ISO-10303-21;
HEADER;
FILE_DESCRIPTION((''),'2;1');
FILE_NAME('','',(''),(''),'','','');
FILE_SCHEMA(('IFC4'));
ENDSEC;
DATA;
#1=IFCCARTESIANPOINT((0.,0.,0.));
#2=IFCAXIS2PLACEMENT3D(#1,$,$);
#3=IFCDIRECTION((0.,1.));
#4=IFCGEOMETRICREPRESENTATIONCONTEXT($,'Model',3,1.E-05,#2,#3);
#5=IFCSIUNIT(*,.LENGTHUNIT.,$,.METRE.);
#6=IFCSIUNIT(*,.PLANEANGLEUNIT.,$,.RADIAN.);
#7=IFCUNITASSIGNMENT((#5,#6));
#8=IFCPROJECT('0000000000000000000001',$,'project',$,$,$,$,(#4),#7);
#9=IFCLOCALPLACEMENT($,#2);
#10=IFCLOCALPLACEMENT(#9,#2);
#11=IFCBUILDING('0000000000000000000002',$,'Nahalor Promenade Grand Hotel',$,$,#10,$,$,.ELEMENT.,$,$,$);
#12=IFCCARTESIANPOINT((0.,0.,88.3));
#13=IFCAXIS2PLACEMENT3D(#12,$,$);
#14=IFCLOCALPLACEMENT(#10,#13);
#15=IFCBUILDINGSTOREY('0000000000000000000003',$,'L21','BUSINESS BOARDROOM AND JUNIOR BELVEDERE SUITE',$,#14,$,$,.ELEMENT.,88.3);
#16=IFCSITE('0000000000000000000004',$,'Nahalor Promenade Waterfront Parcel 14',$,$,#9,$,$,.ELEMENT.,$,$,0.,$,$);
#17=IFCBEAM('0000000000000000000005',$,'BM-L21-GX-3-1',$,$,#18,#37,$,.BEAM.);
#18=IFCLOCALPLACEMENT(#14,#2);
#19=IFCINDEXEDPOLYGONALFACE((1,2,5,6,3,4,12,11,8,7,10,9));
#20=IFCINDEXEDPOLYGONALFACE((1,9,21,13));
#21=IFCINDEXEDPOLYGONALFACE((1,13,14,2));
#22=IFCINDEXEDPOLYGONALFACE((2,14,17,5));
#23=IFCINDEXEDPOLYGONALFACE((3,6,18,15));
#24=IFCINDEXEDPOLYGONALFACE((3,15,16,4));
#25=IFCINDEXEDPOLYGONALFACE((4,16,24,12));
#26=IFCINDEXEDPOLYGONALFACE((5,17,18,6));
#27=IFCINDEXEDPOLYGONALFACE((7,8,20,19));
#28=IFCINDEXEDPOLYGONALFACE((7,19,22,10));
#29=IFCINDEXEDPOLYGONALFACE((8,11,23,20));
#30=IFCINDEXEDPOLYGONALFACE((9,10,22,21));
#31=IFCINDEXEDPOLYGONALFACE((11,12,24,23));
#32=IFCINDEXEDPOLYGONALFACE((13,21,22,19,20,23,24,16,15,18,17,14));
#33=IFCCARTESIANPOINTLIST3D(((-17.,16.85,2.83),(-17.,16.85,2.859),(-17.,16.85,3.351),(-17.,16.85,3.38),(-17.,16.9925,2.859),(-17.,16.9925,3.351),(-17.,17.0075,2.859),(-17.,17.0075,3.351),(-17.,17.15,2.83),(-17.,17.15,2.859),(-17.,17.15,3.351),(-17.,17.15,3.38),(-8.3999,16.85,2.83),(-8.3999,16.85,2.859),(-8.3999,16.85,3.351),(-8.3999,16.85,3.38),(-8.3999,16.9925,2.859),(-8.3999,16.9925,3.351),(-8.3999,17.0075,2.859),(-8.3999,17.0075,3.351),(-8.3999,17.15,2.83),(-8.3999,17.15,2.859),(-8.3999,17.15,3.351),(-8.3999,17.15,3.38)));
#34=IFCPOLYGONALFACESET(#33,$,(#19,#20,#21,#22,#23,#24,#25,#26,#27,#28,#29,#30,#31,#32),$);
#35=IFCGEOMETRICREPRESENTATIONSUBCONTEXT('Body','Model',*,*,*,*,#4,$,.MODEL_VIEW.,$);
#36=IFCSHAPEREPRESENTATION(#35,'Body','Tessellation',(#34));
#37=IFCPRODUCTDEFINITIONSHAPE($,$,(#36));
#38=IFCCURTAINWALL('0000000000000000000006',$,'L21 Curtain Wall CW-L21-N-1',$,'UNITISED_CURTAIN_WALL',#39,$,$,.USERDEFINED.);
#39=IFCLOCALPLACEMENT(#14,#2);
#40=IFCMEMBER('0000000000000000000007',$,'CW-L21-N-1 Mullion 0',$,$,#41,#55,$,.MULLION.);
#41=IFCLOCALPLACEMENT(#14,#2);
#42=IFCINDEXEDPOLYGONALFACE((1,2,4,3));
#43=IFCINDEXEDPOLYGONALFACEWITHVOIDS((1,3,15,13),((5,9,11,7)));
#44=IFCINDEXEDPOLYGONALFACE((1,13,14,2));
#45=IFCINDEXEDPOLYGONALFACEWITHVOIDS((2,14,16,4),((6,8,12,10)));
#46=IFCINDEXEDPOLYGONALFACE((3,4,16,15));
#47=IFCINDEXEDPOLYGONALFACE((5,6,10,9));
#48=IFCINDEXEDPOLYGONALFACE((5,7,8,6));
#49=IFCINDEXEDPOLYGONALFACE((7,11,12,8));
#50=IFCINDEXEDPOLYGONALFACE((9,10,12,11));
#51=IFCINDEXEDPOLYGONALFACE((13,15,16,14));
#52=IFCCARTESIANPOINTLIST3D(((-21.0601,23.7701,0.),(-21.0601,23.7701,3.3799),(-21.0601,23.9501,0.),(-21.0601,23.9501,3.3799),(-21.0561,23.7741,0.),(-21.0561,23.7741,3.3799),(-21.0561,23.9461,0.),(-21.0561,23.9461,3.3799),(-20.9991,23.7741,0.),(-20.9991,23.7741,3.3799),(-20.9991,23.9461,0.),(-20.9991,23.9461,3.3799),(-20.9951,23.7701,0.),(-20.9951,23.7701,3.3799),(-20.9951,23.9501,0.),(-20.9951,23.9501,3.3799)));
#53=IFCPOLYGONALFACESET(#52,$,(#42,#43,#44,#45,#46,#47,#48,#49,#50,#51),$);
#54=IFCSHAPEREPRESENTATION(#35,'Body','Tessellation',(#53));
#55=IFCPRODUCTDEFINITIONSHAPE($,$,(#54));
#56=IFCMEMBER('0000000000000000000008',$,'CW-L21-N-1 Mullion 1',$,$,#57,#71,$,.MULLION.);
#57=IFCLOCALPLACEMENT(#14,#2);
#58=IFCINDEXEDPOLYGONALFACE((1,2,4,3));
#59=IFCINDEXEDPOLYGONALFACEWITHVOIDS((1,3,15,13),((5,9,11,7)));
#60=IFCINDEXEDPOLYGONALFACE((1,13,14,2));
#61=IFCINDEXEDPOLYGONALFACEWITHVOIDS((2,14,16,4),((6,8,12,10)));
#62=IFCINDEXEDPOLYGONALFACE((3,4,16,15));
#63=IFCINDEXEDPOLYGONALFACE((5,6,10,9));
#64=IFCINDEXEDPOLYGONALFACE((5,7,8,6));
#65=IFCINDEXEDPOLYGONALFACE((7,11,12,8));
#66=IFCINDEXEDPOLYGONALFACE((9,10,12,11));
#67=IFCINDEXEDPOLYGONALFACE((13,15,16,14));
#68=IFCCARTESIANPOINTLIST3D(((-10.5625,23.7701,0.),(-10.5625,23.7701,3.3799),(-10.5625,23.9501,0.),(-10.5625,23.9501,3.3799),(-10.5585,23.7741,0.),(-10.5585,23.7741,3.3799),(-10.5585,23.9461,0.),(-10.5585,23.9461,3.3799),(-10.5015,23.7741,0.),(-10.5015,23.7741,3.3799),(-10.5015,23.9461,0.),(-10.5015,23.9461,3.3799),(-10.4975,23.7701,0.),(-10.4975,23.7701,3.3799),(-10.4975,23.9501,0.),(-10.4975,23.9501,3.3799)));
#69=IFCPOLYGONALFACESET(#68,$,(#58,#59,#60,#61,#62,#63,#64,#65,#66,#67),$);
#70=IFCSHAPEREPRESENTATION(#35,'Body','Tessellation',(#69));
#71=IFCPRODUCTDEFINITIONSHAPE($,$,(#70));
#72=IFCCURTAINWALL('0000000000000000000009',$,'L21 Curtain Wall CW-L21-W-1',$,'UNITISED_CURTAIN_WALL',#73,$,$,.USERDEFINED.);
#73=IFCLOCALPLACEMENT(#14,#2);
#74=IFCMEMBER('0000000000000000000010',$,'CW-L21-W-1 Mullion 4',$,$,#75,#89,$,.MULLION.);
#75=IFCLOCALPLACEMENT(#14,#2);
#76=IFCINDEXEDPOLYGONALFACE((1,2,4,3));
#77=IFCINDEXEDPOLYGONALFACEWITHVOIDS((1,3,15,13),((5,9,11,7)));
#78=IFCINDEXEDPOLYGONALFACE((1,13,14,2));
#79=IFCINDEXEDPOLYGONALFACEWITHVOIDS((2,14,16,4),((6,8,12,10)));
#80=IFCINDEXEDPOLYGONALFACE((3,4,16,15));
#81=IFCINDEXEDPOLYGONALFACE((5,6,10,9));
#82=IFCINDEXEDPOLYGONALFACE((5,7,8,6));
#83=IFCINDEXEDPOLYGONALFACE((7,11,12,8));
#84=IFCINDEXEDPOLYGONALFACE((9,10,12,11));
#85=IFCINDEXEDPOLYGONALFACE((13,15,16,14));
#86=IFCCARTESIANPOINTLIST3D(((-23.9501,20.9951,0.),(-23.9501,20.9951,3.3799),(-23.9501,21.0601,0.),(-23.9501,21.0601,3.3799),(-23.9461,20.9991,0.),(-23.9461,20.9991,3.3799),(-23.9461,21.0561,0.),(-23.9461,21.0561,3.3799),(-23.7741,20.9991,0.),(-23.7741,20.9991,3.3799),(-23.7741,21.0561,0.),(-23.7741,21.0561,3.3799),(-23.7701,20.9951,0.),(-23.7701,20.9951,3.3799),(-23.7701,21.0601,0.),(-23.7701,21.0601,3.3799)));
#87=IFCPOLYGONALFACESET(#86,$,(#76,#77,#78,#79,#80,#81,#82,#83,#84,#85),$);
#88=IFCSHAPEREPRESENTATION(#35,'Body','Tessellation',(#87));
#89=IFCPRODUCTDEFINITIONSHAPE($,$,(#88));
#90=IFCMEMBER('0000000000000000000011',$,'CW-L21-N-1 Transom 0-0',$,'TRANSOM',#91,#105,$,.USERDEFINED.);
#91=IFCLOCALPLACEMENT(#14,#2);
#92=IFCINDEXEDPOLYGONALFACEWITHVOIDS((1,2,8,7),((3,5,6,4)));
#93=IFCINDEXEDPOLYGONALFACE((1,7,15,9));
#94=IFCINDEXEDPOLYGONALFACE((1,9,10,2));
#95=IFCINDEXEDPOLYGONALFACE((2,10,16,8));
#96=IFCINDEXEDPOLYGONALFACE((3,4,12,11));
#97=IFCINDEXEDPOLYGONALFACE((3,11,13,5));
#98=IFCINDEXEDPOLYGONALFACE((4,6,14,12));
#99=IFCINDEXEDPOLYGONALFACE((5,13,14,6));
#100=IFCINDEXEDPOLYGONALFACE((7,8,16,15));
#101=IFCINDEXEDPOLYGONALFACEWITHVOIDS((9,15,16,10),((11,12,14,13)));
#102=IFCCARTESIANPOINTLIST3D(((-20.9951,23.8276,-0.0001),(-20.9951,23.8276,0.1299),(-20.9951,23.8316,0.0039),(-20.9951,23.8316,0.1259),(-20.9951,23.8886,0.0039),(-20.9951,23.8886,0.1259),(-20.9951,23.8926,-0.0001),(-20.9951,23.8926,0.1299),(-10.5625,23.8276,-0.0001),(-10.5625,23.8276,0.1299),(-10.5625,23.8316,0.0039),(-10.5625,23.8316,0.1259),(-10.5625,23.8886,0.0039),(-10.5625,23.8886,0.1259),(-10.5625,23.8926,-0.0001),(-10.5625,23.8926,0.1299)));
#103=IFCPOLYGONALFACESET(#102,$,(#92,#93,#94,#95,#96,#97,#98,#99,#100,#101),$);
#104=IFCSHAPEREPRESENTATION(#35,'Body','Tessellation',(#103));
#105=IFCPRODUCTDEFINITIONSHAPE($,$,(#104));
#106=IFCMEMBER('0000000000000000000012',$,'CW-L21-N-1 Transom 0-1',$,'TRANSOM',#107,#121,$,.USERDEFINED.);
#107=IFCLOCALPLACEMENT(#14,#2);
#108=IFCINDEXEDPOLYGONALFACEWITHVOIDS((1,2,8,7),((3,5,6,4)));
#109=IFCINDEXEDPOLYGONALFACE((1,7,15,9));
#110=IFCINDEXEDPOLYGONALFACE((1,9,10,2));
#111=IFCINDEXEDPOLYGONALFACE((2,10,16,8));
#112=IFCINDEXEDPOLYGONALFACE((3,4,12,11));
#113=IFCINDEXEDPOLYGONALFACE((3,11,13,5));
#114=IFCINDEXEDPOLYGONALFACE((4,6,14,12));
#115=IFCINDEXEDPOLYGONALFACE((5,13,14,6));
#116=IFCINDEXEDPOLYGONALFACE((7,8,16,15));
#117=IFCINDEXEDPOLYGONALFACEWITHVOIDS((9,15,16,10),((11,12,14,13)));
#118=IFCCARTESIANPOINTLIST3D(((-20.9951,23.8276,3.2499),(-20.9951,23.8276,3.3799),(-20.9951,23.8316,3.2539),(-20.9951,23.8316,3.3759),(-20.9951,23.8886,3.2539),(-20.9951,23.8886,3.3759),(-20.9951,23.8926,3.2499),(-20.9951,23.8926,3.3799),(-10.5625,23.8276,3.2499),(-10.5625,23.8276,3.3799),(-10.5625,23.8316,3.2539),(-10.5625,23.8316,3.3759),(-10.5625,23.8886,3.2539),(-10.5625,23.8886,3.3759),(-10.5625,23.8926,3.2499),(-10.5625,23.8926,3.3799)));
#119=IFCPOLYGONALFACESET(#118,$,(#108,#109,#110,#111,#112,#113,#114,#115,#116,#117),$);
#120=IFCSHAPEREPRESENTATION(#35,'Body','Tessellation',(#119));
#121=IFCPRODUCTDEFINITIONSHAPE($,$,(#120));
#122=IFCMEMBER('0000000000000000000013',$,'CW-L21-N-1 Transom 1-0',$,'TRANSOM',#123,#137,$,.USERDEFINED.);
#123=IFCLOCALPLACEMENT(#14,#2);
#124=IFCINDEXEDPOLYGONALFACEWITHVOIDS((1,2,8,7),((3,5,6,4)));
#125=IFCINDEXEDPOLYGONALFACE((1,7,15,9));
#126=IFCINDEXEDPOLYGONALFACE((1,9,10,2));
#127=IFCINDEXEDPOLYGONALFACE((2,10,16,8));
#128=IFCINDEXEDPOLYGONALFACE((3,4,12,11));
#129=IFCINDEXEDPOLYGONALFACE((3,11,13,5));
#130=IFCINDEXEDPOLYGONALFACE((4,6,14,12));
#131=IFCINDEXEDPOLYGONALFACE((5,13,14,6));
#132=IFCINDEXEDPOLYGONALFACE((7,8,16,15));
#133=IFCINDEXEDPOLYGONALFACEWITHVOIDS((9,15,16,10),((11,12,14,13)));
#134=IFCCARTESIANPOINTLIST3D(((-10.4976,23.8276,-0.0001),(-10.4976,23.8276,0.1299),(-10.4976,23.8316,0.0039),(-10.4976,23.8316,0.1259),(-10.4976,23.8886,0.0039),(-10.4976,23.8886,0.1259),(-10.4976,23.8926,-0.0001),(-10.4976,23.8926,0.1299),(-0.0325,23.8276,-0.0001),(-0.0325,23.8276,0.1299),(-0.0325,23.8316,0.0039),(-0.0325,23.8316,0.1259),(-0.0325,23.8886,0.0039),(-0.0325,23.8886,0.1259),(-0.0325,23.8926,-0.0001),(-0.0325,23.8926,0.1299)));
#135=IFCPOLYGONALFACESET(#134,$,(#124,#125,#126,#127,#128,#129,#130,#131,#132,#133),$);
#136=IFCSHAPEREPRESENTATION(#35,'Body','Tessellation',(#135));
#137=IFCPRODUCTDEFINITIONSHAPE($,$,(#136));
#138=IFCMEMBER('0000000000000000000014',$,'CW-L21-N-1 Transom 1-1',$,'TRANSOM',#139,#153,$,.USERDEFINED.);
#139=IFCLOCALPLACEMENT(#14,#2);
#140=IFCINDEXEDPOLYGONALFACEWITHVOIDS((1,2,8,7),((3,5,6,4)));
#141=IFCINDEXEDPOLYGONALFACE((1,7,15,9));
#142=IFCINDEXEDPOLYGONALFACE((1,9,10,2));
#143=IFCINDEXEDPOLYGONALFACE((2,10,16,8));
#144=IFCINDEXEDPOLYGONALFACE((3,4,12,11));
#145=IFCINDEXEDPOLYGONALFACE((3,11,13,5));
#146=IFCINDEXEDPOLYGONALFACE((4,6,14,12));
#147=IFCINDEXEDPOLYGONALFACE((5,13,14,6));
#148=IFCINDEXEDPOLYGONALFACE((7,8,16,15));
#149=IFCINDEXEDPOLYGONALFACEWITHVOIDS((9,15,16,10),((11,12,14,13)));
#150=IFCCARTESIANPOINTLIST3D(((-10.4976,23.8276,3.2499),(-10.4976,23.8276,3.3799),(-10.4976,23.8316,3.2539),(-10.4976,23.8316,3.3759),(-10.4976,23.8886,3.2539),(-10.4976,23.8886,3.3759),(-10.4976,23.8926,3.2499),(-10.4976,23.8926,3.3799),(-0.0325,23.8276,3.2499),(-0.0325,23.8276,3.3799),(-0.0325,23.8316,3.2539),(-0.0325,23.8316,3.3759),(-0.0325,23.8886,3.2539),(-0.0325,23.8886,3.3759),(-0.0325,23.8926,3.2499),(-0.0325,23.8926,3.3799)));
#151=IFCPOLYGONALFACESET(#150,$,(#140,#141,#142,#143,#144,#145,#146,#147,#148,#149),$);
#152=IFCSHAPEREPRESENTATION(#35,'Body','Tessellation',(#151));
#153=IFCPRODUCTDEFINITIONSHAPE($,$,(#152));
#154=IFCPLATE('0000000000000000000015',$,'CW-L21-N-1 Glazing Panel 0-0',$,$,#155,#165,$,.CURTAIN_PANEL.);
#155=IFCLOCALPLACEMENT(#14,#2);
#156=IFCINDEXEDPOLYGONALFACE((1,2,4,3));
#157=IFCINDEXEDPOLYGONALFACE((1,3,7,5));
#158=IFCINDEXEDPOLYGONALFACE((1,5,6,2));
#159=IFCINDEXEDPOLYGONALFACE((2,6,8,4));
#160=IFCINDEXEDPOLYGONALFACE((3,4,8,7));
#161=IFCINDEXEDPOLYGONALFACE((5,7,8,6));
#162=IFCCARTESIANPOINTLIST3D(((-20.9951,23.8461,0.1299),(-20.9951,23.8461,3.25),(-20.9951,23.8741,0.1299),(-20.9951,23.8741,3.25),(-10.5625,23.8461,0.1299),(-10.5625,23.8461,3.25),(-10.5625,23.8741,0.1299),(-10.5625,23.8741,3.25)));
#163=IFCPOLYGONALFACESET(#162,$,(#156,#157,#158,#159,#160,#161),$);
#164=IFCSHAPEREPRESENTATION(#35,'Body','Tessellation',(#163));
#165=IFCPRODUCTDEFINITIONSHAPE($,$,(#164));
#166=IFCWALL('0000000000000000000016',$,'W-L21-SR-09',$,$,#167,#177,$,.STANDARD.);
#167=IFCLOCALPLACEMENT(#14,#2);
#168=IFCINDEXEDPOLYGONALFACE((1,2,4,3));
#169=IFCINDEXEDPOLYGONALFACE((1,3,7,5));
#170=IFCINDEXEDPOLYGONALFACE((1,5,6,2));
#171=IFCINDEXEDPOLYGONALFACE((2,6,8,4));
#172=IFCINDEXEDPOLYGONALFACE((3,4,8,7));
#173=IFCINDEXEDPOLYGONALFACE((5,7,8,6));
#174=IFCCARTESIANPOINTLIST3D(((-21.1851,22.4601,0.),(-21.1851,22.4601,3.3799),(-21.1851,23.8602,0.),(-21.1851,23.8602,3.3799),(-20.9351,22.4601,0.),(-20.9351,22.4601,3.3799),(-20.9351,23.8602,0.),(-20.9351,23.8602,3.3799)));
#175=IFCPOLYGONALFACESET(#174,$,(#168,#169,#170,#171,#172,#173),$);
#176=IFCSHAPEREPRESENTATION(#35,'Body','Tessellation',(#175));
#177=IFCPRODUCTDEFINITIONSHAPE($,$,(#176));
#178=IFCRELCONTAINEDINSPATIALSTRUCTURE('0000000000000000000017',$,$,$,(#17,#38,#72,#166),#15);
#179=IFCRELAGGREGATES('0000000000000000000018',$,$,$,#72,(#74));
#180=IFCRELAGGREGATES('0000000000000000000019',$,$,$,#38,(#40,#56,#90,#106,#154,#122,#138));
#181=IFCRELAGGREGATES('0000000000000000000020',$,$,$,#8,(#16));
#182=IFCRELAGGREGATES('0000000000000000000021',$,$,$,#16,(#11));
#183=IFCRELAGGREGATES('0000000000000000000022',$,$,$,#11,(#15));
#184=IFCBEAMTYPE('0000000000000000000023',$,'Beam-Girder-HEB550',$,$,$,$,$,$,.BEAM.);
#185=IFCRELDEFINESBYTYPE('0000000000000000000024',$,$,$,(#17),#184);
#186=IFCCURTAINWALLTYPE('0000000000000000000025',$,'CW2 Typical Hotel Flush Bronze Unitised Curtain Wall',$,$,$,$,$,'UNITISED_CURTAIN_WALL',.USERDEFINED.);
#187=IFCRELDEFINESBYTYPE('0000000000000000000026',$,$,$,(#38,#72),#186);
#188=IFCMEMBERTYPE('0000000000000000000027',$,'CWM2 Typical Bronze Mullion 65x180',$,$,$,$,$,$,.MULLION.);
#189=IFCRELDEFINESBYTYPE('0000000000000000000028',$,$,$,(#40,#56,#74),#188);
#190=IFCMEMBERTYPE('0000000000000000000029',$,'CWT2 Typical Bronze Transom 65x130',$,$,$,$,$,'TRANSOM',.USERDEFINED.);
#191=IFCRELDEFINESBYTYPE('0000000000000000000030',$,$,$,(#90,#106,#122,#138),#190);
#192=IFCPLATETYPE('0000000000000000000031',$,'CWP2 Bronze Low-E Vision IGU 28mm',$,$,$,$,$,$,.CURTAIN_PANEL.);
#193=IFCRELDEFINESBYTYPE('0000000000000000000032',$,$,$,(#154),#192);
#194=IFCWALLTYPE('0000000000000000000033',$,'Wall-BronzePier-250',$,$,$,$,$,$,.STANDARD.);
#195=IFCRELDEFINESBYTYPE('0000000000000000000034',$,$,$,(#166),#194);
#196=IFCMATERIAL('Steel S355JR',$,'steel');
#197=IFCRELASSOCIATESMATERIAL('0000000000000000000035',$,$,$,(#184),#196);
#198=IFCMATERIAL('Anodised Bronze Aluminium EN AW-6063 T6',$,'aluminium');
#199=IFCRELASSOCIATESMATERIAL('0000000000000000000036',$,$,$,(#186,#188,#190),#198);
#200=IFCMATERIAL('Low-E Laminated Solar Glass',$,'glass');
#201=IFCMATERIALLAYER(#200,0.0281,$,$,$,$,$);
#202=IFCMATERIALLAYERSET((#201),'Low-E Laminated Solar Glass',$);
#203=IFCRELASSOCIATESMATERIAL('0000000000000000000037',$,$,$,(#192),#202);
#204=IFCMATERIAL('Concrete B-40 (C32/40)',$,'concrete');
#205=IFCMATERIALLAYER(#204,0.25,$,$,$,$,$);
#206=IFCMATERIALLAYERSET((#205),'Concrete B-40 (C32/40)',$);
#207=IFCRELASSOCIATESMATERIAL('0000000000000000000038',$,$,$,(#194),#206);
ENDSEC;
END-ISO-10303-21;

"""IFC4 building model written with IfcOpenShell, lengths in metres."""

from ifc_helpers import new_model, si_unit, direction, frame, frame_2d, origin, origin_2d, place, context, subcontext, project, spatial, rectangle, hollow_rectangle, i_section, extrude, source, transform, mapped, material, layer, layer_set, material_profile, profile_set, type_object, element, aggregate, save


model = new_model("IFC4")

# Units and contexts
model_context = context("Model", 3, precision=1e-05, world=origin(), true_north=direction((0.0, 1.0)))
body_context = subcontext(model_context, "Body", "Model", "MODEL_VIEW")
ifc_project = project(units=[si_unit("LENGTHUNIT", "METRE"), si_unit("PLANEANGLEUNIT", "RADIAN")], contexts=[model_context])

# Site, building, storey
site_placement = place(None, origin())
site = spatial("IfcSite", under=ifc_project, at=site_placement, Name="Nahalor Promenade Waterfront Parcel 14", CompositionType="ELEMENT", RefElevation=0.0)
building_placement = place(site_placement, origin())
building = spatial("IfcBuilding", under=site, at=building_placement, Name="Nahalor Promenade Grand Hotel", CompositionType="ELEMENT")
storey_placement = place(building_placement, frame((0.0, 0.0, 88.3)))
storey = spatial("IfcBuildingStorey", under=building, at=storey_placement, Name="L21", Description="BUSINESS BOARDROOM AND JUNIOR BELVEDERE SUITE", CompositionType="ELEMENT", Elevation=88.3)

# Beam
ifc_material_1 = material(Name="Steel S355JR", Category="steel")
ifc_material_profile_1 = material_profile(ifc_material_1, i_section(OverallWidth=0.3, OverallDepth=0.55, WebThickness=0.015, FlangeThickness=0.029, at=origin_2d()), Name="HEB 550")
ifc_profile_set_1 = profile_set([ifc_material_profile_1], Name="Steel S355JR")
beam_type_1 = type_object("IfcBeamType", Name="Beam-Girder-HEB550", PredefinedType="BEAM", material=ifc_profile_set_1)
shared_shape_1 = source(origin(), body_context, "Body", "SweptSolid", [
    extrude(i_section(OverallWidth=0.3, OverallDepth=0.55, WebThickness=0.015, FlangeThickness=0.029, at=origin_2d()), origin(), (0.0, 0.0, 1.0), 8.6001),
])
beam_1_placement = place(storey_placement, frame((-17.0, 17.0, 3.105), z_axis=(1.0, 0.0, 0.0), x_axis=(0.0, 1.0, 0.0)))
element("IfcBeam", 1, at=beam_1_placement, inside=storey, type_object=beam_type_1, Name="BM-L21-GX-3-1", PredefinedType="BEAM", context=body_context, shape_type="MappedRepresentation", body=[
    mapped(shared_shape_1, transform((0.0, 0.0, 0.0), scale=1.0)),
])

# Curtain wall, members
ifc_material_2 = material(Name="Anodised Bronze Aluminium EN AW-6063 T6", Category="aluminium")
curtain_wall_type = type_object("IfcCurtainWallType", Name="CW2 Typical Hotel Flush Bronze Unitised Curtain Wall", ElementType="UNITISED_CURTAIN_WALL", PredefinedType="USERDEFINED", material=ifc_material_2)
curtain_wall_1_placement = place(storey_placement, origin())
curtain_wall_1 = element("IfcCurtainWall", 2, at=curtain_wall_1_placement, inside=storey, type_object=curtain_wall_type, Name="L21 Curtain Wall CW-L21-N-1", ObjectType="UNITISED_CURTAIN_WALL", PredefinedType="USERDEFINED")
ifc_material_profile_2 = material_profile(ifc_material_2, hollow_rectangle(XDim=0.065, YDim=0.18, WallThickness=0.004, at=origin_2d()), Name="CWM 65x180x4")
ifc_profile_set_2 = profile_set([ifc_material_profile_2], Name="Anodised Bronze Aluminium EN AW-6063 T6")
member_type_1 = type_object("IfcMemberType", Name="CWM2 Typical Bronze Mullion 65x180", PredefinedType="MULLION", material=ifc_profile_set_2)
shared_shape_2 = source(origin(), body_context, "Body", "SweptSolid", [
    extrude(hollow_rectangle(XDim=0.065, YDim=0.18, WallThickness=0.004, at=origin_2d()), origin(), (0.0, 0.0, 1.0), 3.3799),
])
member_1_placement = place(storey_placement, frame((-21.0276, 23.8601, 0.0), z_axis=(0.0, 0.0, 1.0), x_axis=(1.0, 0.0, 0.0)))
member_1 = element("IfcMember", 3, at=member_1_placement, type_object=member_type_1, Name="CW-L21-N-1 Mullion 0", PredefinedType="MULLION", context=body_context, shape_type="MappedRepresentation", body=[
    mapped(shared_shape_2, transform((0.0, 0.0, 0.0), scale=1.0)),
])
member_2_placement = place(storey_placement, frame((-10.53, 23.8601, 0.0), z_axis=(0.0, 0.0, 1.0), x_axis=(1.0, 0.0, 0.0)))
member_2 = element("IfcMember", 4, at=member_2_placement, type_object=member_type_1, Name="CW-L21-N-1 Mullion 1", PredefinedType="MULLION", context=body_context, shape_type="MappedRepresentation", body=[
    mapped(shared_shape_2, transform((0.0, 0.0, 0.0), scale=1.0)),
])

# Curtain wall, member
curtain_wall_2_placement = place(storey_placement, origin())
curtain_wall_2 = element("IfcCurtainWall", 5, at=curtain_wall_2_placement, inside=storey, type_object=curtain_wall_type, Name="L21 Curtain Wall CW-L21-W-1", ObjectType="UNITISED_CURTAIN_WALL", PredefinedType="USERDEFINED")
member_3_placement = place(storey_placement, frame((-23.8601, 21.0276, 0.0), z_axis=(0.0, 0.0, 1.0), x_axis=(0.0, 1.0, 0.0)))
member_3 = element("IfcMember", 6, at=member_3_placement, type_object=member_type_1, Name="CW-L21-W-1 Mullion 4", PredefinedType="MULLION", context=body_context, shape_type="MappedRepresentation", body=[
    mapped(shared_shape_2, transform((0.0, 0.0, 0.0), scale=1.0)),
])
aggregate(curtain_wall_2, [member_3])

# Members
ifc_material_profile_3 = material_profile(ifc_material_2, hollow_rectangle(XDim=0.065, YDim=0.13, WallThickness=0.004, at=origin_2d()), Name="CWT 65x130x4")
ifc_profile_set_3 = profile_set([ifc_material_profile_3], Name="Anodised Bronze Aluminium EN AW-6063 T6")
member_type_2 = type_object("IfcMemberType", Name="CWT2 Typical Bronze Transom 65x130", ElementType="TRANSOM", PredefinedType="USERDEFINED", material=ifc_profile_set_3)
shared_shape_3 = source(origin(), body_context, "Body", "SweptSolid", [
    extrude(hollow_rectangle(XDim=0.065, YDim=0.13, WallThickness=0.004, at=origin_2d()), origin(), (0.0, 0.0, 1.0), 10.4326),
])
member_4_placement = place(storey_placement, frame((-20.9951, 23.8601, 0.0649), z_axis=(1.0, 0.0, 0.0), x_axis=(0.0, 1.0, 0.0)))
member_4 = element("IfcMember", 7, at=member_4_placement, type_object=member_type_2, Name="CW-L21-N-1 Transom 0-0", ObjectType="TRANSOM", PredefinedType="USERDEFINED", context=body_context, shape_type="MappedRepresentation", body=[
    mapped(shared_shape_3, transform((0.0, 0.0, 0.0), scale=1.0)),
])
member_5_placement = place(storey_placement, frame((-20.9951, 23.8601, 3.3149), z_axis=(1.0, 0.0, 0.0), x_axis=(0.0, 1.0, 0.0)))
member_5 = element("IfcMember", 8, at=member_5_placement, type_object=member_type_2, Name="CW-L21-N-1 Transom 0-1", ObjectType="TRANSOM", PredefinedType="USERDEFINED", context=body_context, shape_type="MappedRepresentation", body=[
    mapped(shared_shape_3, transform((0.0, 0.0, 0.0), scale=1.0)),
])
shared_shape_4 = source(origin(), body_context, "Body", "SweptSolid", [
    extrude(hollow_rectangle(XDim=0.065, YDim=0.13, WallThickness=0.004, at=origin_2d()), origin(), (0.0, 0.0, 1.0), 10.4651),
])
member_6_placement = place(storey_placement, frame((-10.4976, 23.8601, 0.0649), z_axis=(1.0, 0.0, 0.0), x_axis=(0.0, 1.0, 0.0)))
member_6 = element("IfcMember", 9, at=member_6_placement, type_object=member_type_2, Name="CW-L21-N-1 Transom 1-0", ObjectType="TRANSOM", PredefinedType="USERDEFINED", context=body_context, shape_type="MappedRepresentation", body=[
    mapped(shared_shape_4, transform((0.0, 0.0, 0.0), scale=1.0)),
])
member_7_placement = place(storey_placement, frame((-10.4976, 23.8601, 3.3149), z_axis=(1.0, 0.0, 0.0), x_axis=(0.0, 1.0, 0.0)))
member_7 = element("IfcMember", 10, at=member_7_placement, type_object=member_type_2, Name="CW-L21-N-1 Transom 1-1", ObjectType="TRANSOM", PredefinedType="USERDEFINED", context=body_context, shape_type="MappedRepresentation", body=[
    mapped(shared_shape_4, transform((0.0, 0.0, 0.0), scale=1.0)),
])

# Plate
ifc_material_3 = material(Name="Low-E Laminated Solar Glass", Category="glass")
ifc_layer_1 = layer(ifc_material_3, 0.0281)
ifc_layer_set_1 = layer_set([ifc_layer_1], Name="Low-E Laminated Solar Glass")
plate_type = type_object("IfcPlateType", Name="CWP2 Bronze Low-E Vision IGU 28mm", PredefinedType="CURTAIN_PANEL", material=ifc_layer_set_1)
shared_shape_5 = source(origin(), body_context, "Body", "SweptSolid", [
    extrude(rectangle(XDim=10.4326, YDim=0.0281, at=origin_2d()), origin(), (0.0, 0.0, 1.0), 3.1201),
])
plate_placement = place(storey_placement, frame((-15.7788, 23.8601, 0.1299), z_axis=(0.0, 0.0, 1.0), x_axis=(1.0, 0.0, 0.0)))
plate = element("IfcPlate", 11, at=plate_placement, type_object=plate_type, Name="CW-L21-N-1 Glazing Panel 0-0", PredefinedType="CURTAIN_PANEL", context=body_context, shape_type="MappedRepresentation", body=[
    mapped(shared_shape_5, transform((0.0, 0.0, 0.0), scale=1.0)),
])
aggregate(curtain_wall_1, [member_1, member_2, member_4, member_5, plate, member_6, member_7])

# Wall
ifc_material_4 = material(Name="Concrete B-40 (C32/40)", Category="concrete")
ifc_layer_2 = layer(ifc_material_4, 0.25)
ifc_layer_set_2 = layer_set([ifc_layer_2], Name="Concrete B-40 (C32/40)")
wall_type_1 = type_object("IfcWallType", Name="Wall-BronzePier-250", PredefinedType="STANDARD", material=ifc_layer_set_2)
shared_shape_6 = source(origin(), body_context, "Body", "SweptSolid", [
    extrude(rectangle(XDim=1.4001, YDim=0.25, at=frame_2d((0.7002, 0.0))), origin(), (0.0, 0.0, 1.0), 3.3799),
])
for number, where, z_axis, x_axis, name in (
    (12, (-21.0601, 22.46, 0.0), (0.0, 0.0, 1.0), (0.0, 1.0, 0.0), "W-L21-SR-09"),
):
    element("IfcWall", number, at=place(storey_placement, frame(where, z_axis=z_axis, x_axis=x_axis)), inside=storey, type_object=wall_type_1, Name=name, PredefinedType="STANDARD", context=body_context, shape_type="MappedRepresentation", body=[
        mapped(shared_shape_6, transform((0.0, 0.0, 0.0), scale=1.0)),
    ])

save(model, "model.ifc")
